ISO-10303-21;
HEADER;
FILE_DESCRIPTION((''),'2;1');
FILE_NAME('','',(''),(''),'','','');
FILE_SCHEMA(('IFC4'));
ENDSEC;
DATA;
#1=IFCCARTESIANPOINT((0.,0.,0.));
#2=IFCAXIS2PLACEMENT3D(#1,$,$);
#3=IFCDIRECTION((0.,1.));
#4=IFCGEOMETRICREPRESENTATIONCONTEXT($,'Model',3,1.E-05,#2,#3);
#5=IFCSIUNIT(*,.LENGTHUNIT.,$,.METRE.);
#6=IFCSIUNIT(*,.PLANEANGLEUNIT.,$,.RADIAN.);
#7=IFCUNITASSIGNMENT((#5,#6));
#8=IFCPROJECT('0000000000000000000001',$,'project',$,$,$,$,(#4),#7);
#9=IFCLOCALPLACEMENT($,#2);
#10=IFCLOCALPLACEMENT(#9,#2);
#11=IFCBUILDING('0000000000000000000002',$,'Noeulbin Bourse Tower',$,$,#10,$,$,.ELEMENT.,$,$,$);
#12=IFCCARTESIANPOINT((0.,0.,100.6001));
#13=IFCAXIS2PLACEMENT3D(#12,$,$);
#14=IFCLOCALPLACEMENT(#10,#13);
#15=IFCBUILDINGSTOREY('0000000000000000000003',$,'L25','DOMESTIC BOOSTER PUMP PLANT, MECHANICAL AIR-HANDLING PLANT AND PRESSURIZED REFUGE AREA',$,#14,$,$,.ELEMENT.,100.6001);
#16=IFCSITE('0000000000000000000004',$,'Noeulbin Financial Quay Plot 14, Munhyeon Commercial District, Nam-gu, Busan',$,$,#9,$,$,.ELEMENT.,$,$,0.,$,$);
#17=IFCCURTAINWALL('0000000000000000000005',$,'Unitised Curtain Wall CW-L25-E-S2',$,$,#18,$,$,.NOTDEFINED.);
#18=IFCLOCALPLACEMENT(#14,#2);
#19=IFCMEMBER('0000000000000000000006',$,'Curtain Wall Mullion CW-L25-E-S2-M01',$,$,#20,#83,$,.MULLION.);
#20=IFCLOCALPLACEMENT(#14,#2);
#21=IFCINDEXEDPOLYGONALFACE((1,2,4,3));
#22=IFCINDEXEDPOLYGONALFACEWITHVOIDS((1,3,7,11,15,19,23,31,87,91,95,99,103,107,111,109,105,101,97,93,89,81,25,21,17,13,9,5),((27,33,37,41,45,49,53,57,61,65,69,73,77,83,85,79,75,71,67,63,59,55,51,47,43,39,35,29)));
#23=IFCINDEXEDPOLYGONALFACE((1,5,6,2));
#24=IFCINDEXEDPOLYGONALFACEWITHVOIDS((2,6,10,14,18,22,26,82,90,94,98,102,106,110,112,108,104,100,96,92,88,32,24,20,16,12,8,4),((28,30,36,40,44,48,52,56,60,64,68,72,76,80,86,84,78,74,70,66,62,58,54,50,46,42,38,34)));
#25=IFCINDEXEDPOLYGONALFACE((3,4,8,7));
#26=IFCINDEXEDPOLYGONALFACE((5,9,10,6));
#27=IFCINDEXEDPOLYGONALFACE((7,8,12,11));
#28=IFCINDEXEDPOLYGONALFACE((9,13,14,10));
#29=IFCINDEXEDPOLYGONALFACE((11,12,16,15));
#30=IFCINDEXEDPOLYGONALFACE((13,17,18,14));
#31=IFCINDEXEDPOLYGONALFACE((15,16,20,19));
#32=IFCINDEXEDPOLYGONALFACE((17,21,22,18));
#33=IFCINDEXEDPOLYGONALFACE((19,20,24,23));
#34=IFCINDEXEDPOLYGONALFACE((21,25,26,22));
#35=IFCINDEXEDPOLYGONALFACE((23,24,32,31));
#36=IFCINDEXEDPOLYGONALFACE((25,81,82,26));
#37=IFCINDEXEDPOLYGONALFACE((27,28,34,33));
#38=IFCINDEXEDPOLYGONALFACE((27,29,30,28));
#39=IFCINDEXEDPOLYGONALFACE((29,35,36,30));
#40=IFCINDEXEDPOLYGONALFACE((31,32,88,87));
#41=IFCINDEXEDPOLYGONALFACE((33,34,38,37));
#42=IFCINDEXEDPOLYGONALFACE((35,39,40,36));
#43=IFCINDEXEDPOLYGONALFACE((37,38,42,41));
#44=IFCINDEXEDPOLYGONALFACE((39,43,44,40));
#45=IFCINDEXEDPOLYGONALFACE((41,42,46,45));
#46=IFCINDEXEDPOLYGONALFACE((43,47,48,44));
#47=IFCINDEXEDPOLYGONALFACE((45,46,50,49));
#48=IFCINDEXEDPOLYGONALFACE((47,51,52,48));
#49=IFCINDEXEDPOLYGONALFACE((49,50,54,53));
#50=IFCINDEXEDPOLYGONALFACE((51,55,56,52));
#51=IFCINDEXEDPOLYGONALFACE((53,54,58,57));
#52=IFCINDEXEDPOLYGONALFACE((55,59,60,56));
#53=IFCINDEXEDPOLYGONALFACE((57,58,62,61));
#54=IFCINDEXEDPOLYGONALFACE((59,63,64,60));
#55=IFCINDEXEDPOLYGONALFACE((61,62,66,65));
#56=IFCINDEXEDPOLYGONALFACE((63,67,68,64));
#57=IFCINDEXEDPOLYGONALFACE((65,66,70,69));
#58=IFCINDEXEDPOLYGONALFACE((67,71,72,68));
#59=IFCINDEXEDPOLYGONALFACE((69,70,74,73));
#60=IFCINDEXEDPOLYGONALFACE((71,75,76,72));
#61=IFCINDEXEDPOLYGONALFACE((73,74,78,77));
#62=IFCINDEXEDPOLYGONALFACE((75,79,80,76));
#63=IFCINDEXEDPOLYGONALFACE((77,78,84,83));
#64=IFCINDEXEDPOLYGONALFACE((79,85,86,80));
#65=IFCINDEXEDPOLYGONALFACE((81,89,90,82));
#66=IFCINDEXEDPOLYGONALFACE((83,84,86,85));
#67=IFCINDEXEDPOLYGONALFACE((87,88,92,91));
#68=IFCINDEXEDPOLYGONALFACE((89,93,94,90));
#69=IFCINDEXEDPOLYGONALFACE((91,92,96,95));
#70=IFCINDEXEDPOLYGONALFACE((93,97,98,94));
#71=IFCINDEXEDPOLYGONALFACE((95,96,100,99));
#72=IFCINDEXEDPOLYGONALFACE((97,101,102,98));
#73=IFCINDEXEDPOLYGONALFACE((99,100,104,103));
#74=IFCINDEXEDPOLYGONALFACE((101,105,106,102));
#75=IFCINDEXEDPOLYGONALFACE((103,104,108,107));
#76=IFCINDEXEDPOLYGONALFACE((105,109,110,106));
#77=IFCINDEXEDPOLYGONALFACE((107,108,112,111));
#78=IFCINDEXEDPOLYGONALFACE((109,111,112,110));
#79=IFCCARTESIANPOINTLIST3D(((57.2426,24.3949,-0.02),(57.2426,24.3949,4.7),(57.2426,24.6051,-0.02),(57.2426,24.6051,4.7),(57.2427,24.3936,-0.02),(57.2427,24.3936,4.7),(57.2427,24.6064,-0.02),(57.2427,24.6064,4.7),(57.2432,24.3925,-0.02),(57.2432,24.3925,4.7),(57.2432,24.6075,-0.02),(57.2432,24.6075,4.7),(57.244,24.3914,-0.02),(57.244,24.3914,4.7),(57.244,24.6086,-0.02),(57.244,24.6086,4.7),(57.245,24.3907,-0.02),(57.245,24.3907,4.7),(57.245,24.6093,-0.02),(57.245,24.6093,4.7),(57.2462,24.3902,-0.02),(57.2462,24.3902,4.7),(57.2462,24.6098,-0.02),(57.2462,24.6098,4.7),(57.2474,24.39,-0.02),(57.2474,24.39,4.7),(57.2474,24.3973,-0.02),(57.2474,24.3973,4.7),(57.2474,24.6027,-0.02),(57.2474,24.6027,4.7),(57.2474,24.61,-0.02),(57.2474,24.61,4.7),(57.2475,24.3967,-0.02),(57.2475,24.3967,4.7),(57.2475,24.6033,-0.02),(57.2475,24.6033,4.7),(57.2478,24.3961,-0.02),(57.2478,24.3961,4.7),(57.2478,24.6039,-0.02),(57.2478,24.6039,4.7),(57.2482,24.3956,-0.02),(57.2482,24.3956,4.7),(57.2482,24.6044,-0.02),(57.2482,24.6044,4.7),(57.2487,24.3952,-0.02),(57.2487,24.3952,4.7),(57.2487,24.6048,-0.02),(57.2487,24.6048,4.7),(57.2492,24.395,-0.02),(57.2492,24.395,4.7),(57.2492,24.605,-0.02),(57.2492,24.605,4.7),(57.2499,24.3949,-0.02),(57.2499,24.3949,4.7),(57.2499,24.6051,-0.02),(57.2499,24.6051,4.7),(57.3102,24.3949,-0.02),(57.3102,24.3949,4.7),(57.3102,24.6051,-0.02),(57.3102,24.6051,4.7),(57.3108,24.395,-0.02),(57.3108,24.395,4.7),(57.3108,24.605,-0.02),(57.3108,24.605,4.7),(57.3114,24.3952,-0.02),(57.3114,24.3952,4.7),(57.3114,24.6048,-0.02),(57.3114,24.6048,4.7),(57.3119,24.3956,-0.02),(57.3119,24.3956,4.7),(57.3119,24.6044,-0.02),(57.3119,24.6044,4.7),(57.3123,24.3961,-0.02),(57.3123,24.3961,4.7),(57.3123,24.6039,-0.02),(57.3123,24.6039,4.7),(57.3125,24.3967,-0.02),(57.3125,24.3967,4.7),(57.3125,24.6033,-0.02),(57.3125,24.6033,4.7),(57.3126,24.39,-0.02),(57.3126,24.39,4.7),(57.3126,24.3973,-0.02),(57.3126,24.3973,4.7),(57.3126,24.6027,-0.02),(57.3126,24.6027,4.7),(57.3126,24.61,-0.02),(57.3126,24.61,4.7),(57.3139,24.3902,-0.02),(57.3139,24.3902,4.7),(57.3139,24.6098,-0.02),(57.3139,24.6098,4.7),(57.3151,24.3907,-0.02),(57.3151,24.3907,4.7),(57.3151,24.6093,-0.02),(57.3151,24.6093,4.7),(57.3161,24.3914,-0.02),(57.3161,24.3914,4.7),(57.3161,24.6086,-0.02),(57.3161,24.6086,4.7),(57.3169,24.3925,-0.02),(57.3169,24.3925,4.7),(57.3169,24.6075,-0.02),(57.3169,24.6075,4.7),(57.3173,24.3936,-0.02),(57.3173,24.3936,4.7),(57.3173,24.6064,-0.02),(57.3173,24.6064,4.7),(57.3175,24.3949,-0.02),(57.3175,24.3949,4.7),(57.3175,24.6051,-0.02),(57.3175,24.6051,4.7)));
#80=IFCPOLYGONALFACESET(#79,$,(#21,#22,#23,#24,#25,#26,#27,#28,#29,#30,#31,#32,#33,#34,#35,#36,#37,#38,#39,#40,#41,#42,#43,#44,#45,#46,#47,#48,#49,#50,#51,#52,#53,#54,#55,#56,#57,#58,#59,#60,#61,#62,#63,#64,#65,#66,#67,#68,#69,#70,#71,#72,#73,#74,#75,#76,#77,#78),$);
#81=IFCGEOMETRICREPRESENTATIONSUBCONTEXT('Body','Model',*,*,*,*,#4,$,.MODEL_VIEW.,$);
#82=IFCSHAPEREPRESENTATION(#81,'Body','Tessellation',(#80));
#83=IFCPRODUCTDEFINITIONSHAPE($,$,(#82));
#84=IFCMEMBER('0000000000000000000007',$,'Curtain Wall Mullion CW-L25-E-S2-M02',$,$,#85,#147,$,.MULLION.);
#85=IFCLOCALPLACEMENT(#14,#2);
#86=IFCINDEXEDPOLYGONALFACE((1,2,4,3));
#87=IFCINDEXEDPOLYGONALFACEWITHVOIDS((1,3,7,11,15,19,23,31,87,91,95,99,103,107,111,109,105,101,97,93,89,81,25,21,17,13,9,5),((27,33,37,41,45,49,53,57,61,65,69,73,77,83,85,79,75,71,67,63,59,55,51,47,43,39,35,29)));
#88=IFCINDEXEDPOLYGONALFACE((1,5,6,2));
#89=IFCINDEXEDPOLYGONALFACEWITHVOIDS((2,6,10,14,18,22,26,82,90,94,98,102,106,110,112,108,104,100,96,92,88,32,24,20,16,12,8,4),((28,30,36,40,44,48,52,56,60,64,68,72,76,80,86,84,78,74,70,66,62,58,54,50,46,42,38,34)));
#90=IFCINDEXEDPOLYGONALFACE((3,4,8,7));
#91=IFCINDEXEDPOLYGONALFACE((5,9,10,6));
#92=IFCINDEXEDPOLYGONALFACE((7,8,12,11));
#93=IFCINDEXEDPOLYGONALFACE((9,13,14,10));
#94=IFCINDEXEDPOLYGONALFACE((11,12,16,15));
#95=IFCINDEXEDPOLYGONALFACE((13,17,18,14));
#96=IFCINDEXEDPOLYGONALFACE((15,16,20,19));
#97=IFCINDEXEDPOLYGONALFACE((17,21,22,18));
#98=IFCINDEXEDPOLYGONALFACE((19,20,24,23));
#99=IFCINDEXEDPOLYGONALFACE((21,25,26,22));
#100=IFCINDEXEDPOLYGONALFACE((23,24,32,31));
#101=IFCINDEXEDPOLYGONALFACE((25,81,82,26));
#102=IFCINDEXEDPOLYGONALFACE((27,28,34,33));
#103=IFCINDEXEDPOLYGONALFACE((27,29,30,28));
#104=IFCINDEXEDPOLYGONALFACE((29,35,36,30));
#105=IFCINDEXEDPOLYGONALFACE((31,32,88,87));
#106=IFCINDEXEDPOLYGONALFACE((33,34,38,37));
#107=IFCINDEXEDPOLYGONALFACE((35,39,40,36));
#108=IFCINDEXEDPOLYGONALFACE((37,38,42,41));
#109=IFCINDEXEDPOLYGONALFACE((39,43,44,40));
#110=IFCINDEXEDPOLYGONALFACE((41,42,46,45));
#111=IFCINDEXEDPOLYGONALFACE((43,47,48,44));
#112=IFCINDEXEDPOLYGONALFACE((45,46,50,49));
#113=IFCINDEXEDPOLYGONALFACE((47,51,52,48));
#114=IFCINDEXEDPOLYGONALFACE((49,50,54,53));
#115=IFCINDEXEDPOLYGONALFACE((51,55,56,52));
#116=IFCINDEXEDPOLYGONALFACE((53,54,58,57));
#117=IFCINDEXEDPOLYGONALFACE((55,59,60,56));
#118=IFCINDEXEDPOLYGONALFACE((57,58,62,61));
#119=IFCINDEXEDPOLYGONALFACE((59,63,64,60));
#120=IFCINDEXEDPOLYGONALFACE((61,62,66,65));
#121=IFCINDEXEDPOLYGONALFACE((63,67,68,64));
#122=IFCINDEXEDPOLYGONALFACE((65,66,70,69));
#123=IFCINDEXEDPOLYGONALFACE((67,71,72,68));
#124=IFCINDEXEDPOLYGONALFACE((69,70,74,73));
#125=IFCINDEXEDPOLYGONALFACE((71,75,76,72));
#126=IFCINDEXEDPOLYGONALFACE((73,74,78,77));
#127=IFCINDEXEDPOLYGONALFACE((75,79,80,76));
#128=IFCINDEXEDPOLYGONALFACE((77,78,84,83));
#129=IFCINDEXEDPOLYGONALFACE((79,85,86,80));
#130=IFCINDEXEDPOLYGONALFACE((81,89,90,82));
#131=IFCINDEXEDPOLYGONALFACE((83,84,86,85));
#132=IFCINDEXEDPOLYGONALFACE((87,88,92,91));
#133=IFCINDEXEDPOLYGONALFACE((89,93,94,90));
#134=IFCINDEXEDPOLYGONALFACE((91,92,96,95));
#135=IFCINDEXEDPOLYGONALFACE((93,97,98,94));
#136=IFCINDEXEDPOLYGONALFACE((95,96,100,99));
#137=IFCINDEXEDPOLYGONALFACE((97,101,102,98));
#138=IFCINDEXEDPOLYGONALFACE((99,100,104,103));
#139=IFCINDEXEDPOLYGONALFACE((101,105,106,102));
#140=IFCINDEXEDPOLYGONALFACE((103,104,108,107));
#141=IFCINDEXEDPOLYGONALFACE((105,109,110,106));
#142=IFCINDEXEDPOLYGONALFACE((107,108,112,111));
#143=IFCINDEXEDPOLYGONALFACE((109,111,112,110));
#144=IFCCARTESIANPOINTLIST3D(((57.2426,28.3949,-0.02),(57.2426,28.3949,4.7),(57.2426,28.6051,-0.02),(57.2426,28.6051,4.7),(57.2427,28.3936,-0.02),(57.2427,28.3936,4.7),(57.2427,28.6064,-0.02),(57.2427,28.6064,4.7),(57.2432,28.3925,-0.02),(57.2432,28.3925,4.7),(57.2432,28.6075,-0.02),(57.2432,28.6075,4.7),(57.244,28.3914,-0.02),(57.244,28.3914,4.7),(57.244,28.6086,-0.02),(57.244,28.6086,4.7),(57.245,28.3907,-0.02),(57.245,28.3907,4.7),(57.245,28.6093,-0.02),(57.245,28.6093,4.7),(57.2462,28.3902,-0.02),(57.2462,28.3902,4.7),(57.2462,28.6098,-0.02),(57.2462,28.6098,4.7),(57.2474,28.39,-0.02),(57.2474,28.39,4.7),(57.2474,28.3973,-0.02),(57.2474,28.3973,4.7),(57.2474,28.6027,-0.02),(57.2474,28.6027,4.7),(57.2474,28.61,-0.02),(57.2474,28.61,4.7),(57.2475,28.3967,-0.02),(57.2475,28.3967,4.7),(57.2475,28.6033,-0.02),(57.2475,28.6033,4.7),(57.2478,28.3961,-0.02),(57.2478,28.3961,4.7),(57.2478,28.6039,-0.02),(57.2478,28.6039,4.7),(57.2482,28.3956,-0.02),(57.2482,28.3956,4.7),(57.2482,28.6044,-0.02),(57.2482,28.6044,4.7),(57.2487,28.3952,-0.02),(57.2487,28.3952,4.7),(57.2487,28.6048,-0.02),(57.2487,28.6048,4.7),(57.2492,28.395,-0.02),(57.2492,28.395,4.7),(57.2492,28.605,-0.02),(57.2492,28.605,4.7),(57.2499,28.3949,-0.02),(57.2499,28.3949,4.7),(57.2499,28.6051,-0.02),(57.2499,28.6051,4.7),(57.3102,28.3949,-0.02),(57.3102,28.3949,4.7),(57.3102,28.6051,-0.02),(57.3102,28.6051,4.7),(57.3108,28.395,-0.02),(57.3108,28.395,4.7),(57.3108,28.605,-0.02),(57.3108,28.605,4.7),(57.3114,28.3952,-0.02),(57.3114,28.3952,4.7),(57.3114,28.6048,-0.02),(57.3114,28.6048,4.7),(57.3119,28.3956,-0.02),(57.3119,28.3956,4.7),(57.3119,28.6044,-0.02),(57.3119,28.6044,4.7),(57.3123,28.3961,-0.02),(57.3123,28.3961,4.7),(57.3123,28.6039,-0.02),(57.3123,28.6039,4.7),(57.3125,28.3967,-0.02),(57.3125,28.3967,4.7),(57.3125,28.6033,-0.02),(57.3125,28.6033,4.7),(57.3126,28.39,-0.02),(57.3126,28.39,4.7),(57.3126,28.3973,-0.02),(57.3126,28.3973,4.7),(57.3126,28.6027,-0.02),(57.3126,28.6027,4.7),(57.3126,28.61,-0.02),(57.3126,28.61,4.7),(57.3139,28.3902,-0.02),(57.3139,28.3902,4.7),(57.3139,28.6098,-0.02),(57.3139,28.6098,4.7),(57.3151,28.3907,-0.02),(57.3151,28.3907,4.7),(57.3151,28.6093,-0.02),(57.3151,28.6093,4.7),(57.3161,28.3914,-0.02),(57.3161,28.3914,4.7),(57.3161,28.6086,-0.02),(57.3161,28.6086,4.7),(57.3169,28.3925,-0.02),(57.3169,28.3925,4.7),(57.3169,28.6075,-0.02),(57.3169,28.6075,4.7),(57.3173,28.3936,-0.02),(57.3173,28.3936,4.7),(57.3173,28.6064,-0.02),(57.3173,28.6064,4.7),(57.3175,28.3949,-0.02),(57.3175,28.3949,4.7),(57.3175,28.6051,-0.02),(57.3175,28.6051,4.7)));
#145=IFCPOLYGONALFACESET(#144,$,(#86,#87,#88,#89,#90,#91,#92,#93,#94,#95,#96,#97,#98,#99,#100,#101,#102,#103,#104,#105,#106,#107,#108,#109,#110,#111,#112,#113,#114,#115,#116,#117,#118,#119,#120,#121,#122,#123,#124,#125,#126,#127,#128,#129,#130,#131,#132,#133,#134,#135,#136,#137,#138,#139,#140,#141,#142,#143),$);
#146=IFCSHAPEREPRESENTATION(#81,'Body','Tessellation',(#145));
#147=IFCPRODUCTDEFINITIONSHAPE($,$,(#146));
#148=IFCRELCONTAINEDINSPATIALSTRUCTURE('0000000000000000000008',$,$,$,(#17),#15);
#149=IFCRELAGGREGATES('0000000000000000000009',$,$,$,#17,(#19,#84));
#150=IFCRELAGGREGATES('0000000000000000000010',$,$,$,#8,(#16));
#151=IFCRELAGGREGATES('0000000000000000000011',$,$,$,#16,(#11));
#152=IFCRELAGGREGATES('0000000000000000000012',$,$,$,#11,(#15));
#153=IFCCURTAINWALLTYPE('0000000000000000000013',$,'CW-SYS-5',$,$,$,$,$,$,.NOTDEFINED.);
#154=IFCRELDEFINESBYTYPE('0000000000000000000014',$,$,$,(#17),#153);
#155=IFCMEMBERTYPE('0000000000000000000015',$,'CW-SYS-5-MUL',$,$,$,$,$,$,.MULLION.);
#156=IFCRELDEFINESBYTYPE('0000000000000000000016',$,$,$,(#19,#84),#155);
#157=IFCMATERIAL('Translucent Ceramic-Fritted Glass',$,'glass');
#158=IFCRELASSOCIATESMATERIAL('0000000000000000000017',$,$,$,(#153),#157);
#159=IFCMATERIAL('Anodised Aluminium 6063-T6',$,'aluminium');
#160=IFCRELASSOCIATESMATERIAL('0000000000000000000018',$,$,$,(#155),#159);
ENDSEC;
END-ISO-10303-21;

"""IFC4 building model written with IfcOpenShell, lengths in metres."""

from ifc_helpers import new_model, si_unit, direction, frame, origin, origin_2d, place, context, subcontext, project, spatial, hollow_rectangle, extrude, material, material_profile, profile_set, type_object, element, aggregate, save


model = new_model("IFC4")

# Units and contexts
model_context = context("Model", 3, precision=1e-05, world=origin(), true_north=direction((0.0, 1.0)))
body_context = subcontext(model_context, "Body", "Model", "MODEL_VIEW")
ifc_project = project(units=[si_unit("LENGTHUNIT", "METRE"), si_unit("PLANEANGLEUNIT", "RADIAN")], contexts=[model_context])

# Site, building, storey
site_placement = place(None, origin())
site = spatial("IfcSite", under=ifc_project, at=site_placement, Name="Noeulbin Financial Quay Plot 14, Munhyeon Commercial District, Nam-gu, Busan", CompositionType="ELEMENT", RefElevation=0.0)
building_placement = place(site_placement, origin())
building = spatial("IfcBuilding", under=site, at=building_placement, Name="Noeulbin Bourse Tower", CompositionType="ELEMENT")
storey_placement = place(building_placement, frame((0.0, 0.0, 100.6001)))
storey = spatial("IfcBuildingStorey", under=building, at=storey_placement, Name="L25", Description="DOMESTIC BOOSTER PUMP PLANT, MECHANICAL AIR-HANDLING PLANT AND PRESSURIZED REFUGE AREA", CompositionType="ELEMENT", Elevation=100.6001)

# Curtain wall, members
ifc_material_1 = material(Name="Translucent Ceramic-Fritted Glass", Category="glass")
curtain_wall_type = type_object("IfcCurtainWallType", Name="CW-SYS-5", PredefinedType="NOTDEFINED", material=ifc_material_1)
ifc_material_2 = material(Name="Anodised Aluminium 6063-T6", Category="aluminium")
ifc_material_profile_1 = material_profile(ifc_material_2, hollow_rectangle(XDim=0.075, YDim=0.22, WallThickness=0.0049, InnerFilletRadius=0.0024, OuterFilletRadius=0.0049, at=origin_2d()), Name="ALU-MULL-75x220x5", Category="LoadBearing")
ifc_profile_set_1 = profile_set([ifc_material_profile_1], Name="Anodised Aluminium 6063-T6")
member_type_1 = type_object("IfcMemberType", Name="CW-SYS-5-MUL", PredefinedType="MULLION", material=ifc_profile_set_1)
curtain_wall_1_placement = place(storey_placement, origin())
curtain_wall_1 = element("IfcCurtainWall", 1, at=curtain_wall_1_placement, inside=storey, type_object=curtain_wall_type, Name="Unitised Curtain Wall CW-L25-E-S2", PredefinedType="NOTDEFINED")
member_1_placement = place(storey_placement, frame((57.28, 24.5, -0.02), z_axis=(0.0, 0.0, 1.0), x_axis=(1.0, 0.0, 0.0)))
member_1 = element("IfcMember", 2, at=member_1_placement, type_object=member_type_1, Name="Curtain Wall Mullion CW-L25-E-S2-M01", PredefinedType="MULLION", context=body_context, shape_type="SweptSolid", body=[
    extrude(hollow_rectangle(XDim=0.075, YDim=0.22, WallThickness=0.0049, InnerFilletRadius=0.0024, OuterFilletRadius=0.0049, at=origin_2d()), origin(), (0.0, 0.0, 1.0), 4.72),
])
member_2_placement = place(storey_placement, frame((57.28, 28.5, -0.02), z_axis=(0.0, 0.0, 1.0), x_axis=(1.0, 0.0, 0.0)))
member_2 = element("IfcMember", 3, at=member_2_placement, type_object=member_type_1, Name="Curtain Wall Mullion CW-L25-E-S2-M02", PredefinedType="MULLION", context=body_context, shape_type="SweptSolid", body=[
    extrude(hollow_rectangle(XDim=0.075, YDim=0.22, WallThickness=0.0049, InnerFilletRadius=0.0024, OuterFilletRadius=0.0049, at=origin_2d()), origin(), (0.0, 0.0, 1.0), 4.72),
])

aggregate(curtain_wall_1, [member_1, member_2])

save(model, "model.ifc")
